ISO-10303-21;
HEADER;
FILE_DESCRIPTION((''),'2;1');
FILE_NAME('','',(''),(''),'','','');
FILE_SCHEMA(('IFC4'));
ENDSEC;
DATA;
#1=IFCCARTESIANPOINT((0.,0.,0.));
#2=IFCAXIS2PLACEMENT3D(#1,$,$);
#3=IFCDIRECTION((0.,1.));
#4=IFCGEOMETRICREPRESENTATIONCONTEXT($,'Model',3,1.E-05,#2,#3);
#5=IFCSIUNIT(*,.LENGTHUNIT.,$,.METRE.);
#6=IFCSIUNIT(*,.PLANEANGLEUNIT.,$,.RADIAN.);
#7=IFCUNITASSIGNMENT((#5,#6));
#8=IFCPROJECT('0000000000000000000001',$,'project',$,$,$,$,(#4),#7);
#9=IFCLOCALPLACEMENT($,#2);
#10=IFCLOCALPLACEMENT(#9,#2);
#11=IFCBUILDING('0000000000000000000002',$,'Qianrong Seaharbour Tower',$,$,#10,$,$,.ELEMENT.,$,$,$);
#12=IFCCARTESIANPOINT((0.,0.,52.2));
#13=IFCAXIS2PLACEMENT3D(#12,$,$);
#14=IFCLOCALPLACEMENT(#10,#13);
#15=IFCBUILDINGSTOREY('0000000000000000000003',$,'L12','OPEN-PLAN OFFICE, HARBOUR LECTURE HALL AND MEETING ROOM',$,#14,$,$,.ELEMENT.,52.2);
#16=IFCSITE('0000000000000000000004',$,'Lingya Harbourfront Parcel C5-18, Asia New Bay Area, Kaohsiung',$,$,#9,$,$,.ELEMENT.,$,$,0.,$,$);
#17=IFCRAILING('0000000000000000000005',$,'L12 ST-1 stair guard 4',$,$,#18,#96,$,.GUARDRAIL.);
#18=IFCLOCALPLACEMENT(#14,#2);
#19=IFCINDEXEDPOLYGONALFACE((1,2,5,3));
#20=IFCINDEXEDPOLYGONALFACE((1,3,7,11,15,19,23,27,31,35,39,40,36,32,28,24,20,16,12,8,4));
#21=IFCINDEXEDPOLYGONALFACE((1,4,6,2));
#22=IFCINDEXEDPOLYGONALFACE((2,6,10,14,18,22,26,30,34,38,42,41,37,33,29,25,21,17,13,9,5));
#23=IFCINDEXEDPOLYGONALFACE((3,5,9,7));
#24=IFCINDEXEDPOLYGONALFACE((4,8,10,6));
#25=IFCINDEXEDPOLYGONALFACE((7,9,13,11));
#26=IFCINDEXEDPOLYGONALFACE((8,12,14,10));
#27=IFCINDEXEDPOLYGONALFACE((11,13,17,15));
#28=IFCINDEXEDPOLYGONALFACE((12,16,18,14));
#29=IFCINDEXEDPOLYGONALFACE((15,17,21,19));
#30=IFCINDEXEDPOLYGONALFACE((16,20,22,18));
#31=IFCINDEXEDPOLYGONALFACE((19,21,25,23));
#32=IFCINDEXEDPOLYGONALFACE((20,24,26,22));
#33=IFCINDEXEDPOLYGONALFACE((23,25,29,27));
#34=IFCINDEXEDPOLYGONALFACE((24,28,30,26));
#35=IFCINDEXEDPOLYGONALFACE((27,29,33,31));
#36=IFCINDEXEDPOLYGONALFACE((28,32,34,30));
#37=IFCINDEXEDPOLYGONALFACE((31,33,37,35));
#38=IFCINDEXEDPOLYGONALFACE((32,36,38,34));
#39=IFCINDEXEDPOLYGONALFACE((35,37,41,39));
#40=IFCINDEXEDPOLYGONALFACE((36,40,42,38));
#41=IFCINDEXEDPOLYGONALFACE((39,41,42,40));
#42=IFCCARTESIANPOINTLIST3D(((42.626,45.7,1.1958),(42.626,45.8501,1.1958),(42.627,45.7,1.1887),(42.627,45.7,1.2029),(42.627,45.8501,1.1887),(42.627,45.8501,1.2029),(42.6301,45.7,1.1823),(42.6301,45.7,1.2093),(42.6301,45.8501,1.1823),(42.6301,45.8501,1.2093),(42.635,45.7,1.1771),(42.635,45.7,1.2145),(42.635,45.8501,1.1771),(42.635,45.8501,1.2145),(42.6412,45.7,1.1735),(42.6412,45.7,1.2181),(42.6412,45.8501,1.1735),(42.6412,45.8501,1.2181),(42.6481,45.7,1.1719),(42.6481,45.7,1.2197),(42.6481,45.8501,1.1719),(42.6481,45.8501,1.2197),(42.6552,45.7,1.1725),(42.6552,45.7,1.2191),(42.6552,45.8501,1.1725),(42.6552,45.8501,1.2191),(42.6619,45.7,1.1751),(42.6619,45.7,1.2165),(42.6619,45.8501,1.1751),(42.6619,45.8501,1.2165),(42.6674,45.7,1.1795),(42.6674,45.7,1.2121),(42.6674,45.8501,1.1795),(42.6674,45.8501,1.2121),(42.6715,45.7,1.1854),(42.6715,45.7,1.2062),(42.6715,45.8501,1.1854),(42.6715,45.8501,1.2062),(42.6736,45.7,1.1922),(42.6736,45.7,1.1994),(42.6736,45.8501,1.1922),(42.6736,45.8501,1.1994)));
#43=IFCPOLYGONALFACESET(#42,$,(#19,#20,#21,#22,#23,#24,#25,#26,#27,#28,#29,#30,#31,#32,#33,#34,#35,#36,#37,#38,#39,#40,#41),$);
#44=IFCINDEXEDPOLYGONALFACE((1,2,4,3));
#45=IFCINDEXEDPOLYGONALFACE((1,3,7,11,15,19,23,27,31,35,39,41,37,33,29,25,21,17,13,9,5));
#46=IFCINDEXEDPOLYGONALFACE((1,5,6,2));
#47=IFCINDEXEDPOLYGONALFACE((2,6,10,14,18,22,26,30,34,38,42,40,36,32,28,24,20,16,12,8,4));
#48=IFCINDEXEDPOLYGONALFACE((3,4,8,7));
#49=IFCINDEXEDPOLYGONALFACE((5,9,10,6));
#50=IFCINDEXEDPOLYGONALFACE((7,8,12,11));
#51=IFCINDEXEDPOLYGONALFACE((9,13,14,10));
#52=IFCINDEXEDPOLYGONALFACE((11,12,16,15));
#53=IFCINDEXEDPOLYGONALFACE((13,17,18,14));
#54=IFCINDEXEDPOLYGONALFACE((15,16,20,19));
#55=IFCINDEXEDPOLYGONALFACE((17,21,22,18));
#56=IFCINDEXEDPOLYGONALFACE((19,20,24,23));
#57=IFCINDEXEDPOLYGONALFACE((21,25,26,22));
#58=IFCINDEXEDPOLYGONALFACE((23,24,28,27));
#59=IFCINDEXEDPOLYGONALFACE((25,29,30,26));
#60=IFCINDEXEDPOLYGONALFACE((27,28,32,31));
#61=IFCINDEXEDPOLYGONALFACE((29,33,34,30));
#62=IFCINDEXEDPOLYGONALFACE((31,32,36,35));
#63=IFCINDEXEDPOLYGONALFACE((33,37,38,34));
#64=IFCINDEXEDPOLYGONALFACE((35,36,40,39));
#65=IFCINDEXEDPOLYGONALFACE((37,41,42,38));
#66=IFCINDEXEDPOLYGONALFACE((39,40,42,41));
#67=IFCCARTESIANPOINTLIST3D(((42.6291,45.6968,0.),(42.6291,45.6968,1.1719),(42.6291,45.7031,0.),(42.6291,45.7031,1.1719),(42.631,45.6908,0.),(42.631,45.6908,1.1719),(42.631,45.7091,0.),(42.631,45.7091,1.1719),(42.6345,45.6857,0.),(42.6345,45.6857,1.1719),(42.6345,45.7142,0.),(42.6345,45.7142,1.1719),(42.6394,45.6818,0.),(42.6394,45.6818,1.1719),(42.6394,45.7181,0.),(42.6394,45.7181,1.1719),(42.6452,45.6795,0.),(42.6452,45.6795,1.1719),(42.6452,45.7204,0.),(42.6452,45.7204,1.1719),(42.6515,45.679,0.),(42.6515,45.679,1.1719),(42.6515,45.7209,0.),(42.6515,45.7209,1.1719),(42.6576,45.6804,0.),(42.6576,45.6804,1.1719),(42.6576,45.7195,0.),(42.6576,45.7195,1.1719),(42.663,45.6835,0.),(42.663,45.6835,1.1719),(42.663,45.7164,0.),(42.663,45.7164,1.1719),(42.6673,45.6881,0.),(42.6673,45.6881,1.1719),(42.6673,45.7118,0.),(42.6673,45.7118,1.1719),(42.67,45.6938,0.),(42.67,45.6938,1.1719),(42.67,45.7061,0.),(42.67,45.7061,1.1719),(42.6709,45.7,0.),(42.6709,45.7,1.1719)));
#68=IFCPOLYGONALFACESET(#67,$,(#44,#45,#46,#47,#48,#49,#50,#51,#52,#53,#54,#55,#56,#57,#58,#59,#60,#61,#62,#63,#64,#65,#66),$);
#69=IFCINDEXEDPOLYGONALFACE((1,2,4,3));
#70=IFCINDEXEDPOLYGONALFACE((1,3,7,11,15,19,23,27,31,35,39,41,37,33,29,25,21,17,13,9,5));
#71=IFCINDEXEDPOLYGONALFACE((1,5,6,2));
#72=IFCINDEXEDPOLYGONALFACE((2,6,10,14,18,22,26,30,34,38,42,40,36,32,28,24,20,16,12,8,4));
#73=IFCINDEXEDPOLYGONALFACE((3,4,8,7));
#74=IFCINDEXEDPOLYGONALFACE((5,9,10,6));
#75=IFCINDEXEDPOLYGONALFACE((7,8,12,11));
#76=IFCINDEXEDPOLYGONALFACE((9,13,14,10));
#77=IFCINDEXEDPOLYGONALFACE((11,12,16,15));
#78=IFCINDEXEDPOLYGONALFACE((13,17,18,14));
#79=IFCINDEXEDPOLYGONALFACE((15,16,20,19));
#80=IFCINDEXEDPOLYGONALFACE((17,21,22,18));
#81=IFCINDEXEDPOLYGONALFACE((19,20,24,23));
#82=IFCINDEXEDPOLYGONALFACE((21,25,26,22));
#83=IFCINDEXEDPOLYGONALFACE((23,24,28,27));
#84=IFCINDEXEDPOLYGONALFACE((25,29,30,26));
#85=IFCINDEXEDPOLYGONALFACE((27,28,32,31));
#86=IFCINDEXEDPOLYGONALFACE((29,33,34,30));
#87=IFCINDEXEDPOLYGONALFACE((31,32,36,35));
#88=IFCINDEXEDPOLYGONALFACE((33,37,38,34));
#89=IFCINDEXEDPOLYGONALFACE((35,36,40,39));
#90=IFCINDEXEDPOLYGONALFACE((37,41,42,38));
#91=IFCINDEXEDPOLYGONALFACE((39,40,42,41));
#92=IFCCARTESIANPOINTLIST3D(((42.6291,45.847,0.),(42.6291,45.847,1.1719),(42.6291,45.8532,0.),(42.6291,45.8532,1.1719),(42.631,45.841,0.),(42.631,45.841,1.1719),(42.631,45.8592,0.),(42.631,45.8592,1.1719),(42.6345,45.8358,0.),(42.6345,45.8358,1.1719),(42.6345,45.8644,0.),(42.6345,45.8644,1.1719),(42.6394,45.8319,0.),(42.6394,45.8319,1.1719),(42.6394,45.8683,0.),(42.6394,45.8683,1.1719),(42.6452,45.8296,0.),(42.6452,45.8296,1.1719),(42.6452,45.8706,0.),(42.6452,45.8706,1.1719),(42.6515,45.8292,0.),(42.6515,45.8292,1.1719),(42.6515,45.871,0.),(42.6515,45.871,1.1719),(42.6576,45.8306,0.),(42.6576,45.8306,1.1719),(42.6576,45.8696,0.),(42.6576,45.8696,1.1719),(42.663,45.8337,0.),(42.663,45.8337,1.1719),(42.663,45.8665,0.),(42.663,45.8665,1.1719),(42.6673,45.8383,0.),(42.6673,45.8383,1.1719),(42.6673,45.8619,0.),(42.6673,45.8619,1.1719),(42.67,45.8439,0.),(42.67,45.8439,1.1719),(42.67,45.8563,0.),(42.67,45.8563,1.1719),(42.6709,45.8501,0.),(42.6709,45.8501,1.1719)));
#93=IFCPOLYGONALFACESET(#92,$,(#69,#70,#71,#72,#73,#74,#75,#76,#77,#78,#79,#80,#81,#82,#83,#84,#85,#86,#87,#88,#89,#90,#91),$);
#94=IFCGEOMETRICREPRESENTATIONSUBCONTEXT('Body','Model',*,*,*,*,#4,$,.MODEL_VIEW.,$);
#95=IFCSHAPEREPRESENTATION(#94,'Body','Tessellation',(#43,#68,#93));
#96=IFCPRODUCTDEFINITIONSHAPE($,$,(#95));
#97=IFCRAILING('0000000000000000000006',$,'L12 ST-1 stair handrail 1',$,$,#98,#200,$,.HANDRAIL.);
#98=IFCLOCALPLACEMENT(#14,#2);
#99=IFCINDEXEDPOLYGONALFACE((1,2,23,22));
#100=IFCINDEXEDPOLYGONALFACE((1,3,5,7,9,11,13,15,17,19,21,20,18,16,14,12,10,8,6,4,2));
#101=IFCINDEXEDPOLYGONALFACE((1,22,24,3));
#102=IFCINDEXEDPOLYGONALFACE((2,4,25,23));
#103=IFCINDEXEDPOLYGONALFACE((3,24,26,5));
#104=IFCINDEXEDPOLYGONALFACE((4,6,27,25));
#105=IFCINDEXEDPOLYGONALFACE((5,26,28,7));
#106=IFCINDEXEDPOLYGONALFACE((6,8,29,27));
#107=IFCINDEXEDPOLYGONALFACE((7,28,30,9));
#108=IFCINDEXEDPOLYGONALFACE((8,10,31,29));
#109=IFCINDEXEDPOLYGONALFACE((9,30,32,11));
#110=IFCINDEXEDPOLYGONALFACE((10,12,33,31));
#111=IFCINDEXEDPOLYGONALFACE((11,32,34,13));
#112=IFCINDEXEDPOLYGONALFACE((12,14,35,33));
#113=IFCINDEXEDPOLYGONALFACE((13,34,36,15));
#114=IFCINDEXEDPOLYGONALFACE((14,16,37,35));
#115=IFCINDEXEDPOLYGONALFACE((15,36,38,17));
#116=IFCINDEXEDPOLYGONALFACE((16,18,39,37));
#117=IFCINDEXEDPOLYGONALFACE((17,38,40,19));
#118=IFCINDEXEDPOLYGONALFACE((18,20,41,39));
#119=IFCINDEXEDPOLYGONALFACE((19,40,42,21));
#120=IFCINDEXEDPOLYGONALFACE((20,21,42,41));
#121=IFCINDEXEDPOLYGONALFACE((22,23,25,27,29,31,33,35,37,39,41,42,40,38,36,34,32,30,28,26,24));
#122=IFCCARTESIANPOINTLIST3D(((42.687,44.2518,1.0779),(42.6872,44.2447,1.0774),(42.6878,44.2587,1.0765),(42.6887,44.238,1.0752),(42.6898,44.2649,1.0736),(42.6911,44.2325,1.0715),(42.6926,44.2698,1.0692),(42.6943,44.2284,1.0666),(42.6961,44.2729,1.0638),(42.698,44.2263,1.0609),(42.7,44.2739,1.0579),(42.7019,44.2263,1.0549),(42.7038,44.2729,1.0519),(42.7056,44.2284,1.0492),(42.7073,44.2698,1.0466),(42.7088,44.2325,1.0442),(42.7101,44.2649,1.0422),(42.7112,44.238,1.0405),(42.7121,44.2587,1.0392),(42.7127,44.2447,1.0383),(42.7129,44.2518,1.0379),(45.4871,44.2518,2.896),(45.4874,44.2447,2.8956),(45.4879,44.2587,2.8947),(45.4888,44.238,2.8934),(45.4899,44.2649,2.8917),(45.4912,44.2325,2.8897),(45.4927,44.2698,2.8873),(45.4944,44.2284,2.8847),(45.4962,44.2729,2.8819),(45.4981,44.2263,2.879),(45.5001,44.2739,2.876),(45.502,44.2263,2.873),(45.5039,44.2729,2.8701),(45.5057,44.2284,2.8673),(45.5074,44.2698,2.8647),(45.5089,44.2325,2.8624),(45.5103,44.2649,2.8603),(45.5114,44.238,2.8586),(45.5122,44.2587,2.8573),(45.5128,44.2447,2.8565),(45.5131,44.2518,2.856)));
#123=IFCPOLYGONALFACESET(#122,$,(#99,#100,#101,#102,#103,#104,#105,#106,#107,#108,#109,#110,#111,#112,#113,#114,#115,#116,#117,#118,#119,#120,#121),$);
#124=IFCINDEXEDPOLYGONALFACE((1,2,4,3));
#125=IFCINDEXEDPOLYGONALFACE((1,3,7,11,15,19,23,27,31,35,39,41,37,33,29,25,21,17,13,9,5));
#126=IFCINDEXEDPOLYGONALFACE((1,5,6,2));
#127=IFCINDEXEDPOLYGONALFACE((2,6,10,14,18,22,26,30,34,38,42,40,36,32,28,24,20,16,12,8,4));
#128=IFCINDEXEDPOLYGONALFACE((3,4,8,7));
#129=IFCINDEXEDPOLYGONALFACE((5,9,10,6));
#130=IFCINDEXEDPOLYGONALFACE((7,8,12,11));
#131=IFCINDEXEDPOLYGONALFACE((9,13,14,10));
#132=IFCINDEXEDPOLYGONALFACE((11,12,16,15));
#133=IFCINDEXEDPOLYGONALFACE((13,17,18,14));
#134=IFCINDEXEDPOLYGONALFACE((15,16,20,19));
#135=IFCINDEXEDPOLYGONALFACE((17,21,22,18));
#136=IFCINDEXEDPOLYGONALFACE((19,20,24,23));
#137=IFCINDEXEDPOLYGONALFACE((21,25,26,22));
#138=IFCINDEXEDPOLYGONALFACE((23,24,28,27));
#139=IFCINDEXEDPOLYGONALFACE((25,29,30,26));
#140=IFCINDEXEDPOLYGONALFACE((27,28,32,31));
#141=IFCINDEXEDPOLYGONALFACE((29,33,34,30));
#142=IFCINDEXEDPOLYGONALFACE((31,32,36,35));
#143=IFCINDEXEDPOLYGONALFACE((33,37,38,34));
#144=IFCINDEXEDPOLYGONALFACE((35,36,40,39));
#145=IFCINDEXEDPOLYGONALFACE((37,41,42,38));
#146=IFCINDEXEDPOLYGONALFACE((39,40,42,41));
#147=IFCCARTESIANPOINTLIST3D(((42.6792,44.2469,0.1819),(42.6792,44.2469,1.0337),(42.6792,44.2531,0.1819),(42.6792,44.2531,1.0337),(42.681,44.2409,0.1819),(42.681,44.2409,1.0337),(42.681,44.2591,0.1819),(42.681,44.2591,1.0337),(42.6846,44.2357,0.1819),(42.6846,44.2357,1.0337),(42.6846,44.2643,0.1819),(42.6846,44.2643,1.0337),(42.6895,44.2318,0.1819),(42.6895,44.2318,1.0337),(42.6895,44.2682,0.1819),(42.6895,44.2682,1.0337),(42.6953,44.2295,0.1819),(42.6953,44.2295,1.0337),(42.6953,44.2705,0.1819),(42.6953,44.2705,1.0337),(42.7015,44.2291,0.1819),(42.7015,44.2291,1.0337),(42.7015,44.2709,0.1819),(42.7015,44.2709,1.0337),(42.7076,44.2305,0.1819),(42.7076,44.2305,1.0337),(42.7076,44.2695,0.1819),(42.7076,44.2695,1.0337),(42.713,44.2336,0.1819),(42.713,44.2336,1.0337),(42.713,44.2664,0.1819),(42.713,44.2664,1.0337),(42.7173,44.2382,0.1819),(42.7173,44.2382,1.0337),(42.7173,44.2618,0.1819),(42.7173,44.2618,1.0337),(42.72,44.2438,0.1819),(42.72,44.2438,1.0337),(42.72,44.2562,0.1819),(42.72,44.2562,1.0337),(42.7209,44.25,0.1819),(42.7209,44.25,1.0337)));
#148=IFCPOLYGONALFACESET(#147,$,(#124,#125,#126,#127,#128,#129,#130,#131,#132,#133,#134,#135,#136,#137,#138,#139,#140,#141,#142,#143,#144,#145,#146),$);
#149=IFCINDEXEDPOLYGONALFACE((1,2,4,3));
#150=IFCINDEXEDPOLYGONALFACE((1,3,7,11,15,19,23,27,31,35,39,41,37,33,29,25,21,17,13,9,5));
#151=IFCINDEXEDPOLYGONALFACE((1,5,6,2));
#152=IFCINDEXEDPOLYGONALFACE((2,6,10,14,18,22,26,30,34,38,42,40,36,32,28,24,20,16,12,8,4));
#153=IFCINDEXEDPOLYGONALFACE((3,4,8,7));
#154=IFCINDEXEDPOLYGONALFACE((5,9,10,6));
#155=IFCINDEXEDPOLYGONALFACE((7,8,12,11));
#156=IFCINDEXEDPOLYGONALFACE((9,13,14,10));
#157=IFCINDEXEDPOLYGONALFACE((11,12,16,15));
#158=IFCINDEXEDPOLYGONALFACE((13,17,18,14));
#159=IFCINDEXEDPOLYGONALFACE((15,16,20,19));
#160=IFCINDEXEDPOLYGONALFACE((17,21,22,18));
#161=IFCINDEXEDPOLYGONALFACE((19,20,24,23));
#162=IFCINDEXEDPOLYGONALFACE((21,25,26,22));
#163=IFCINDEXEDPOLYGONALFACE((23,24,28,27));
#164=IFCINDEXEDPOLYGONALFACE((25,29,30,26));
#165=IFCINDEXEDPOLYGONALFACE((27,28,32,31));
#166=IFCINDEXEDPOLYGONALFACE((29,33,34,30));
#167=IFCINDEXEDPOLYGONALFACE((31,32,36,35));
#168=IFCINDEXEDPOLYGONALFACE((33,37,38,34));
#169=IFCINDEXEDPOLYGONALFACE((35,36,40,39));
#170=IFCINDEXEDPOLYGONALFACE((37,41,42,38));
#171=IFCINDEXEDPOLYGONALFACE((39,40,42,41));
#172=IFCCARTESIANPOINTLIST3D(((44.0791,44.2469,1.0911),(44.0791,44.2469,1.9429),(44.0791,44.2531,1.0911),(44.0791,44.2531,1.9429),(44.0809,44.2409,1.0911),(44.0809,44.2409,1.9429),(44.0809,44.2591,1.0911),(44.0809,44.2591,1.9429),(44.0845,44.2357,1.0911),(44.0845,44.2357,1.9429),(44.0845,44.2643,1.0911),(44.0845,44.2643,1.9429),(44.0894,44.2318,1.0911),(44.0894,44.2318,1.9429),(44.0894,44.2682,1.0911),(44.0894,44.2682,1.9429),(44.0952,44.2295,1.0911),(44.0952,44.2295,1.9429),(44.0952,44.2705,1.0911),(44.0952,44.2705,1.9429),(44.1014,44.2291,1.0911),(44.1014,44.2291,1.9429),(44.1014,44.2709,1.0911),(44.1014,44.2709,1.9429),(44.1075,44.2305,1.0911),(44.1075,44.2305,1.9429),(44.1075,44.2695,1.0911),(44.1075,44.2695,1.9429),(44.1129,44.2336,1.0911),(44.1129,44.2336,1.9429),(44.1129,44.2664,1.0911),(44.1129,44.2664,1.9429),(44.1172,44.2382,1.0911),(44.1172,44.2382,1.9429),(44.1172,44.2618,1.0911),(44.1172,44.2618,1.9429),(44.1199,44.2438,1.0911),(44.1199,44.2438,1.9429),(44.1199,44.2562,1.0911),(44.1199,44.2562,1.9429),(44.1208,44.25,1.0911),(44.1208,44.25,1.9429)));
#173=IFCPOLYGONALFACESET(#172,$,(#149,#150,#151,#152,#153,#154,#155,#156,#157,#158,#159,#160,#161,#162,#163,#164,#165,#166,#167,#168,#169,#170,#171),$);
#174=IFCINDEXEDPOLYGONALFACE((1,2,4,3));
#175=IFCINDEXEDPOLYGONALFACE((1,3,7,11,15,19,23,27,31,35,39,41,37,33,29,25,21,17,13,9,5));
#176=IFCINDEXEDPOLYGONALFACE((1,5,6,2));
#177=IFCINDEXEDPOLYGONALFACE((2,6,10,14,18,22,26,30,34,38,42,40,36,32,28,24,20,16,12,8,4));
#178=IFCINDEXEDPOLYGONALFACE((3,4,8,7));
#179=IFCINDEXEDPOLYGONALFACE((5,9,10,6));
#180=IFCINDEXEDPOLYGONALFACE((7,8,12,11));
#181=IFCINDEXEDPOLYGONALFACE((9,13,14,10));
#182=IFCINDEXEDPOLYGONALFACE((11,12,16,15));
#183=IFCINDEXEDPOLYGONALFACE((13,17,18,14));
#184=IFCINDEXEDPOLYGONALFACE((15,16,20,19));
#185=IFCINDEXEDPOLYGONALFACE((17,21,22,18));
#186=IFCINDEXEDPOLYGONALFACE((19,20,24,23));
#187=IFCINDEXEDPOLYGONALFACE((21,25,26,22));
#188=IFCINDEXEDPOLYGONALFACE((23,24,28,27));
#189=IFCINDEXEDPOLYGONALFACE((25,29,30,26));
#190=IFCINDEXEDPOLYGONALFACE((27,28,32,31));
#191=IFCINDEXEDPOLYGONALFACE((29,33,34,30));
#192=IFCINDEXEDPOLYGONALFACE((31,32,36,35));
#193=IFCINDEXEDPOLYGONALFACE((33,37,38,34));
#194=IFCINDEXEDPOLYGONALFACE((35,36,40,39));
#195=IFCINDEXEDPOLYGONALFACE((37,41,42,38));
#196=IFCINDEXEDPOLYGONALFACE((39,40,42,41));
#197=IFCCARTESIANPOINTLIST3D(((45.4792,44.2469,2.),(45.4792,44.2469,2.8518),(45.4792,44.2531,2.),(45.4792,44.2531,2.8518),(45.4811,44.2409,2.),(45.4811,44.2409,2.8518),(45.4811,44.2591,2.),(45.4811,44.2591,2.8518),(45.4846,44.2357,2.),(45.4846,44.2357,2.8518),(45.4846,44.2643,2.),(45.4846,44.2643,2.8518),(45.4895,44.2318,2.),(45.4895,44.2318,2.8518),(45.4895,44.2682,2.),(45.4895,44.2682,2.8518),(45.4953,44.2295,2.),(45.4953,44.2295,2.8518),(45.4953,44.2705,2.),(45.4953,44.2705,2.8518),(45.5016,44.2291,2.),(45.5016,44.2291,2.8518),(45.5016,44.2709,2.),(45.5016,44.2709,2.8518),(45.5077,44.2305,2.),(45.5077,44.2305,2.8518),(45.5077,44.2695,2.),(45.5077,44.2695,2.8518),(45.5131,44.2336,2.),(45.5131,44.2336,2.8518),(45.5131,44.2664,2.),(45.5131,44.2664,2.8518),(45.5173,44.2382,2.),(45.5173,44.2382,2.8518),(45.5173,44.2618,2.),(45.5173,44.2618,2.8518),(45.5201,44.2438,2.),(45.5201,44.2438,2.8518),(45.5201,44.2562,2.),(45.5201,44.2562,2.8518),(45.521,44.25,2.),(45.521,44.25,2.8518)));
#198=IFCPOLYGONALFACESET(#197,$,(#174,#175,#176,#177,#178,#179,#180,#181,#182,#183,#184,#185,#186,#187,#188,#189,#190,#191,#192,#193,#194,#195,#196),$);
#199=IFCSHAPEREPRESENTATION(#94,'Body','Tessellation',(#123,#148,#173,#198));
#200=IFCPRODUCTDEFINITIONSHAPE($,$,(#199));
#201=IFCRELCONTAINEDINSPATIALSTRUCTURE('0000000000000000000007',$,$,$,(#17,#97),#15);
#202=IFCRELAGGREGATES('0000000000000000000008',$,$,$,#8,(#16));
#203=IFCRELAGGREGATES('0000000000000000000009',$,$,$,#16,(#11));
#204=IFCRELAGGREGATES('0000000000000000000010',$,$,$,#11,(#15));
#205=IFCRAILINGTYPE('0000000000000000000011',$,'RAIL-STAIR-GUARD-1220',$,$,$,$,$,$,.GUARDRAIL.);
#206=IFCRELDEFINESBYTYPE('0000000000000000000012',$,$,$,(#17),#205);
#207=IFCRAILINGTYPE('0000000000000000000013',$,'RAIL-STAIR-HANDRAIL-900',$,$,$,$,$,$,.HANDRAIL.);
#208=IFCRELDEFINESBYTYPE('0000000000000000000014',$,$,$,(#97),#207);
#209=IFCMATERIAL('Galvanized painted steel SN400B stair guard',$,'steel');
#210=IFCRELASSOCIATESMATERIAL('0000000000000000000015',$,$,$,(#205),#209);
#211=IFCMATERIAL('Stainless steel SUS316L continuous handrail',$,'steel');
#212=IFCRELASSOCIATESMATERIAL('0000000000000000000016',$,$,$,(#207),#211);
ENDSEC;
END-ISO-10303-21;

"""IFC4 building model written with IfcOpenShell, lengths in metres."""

from ifc_helpers import new_model, si_unit, direction, frame, origin, origin_2d, place, context, subcontext, project, spatial, circle, extrude, material, type_object, element, save


model = new_model("IFC4")

# Units and contexts
model_context = context("Model", 3, precision=1e-05, world=origin(), true_north=direction((0.0, 1.0)))
body_context = subcontext(model_context, "Body", "Model", "MODEL_VIEW")
ifc_project = project(units=[si_unit("LENGTHUNIT", "METRE"), si_unit("PLANEANGLEUNIT", "RADIAN")], contexts=[model_context])

# Site, building, storey
site_placement = place(None, origin())
site = spatial("IfcSite", under=ifc_project, at=site_placement, Name="Lingya Harbourfront Parcel C5-18, Asia New Bay Area, Kaohsiung", CompositionType="ELEMENT", RefElevation=0.0)
building_placement = place(site_placement, origin())
building = spatial("IfcBuilding", under=site, at=building_placement, Name="Qianrong Seaharbour Tower", CompositionType="ELEMENT")
storey_placement = place(building_placement, frame((0.0, 0.0, 52.2)))
storey = spatial("IfcBuildingStorey", under=building, at=storey_placement, Name="L12", Description="OPEN-PLAN OFFICE, HARBOUR LECTURE HALL AND MEETING ROOM", CompositionType="ELEMENT", Elevation=52.2)

# Railings
ifc_material_1 = material(Name="Galvanized painted steel SN400B stair guard", Category="steel")
railing_type_1 = type_object("IfcRailingType", Name="RAIL-STAIR-GUARD-1220", PredefinedType="GUARDRAIL", material=ifc_material_1)
railing_1_placement = place(storey_placement, frame((42.6499, 45.7, 0.0)))
element("IfcRailing", 1, at=railing_1_placement, inside=storey, type_object=railing_type_1, Name="L12 ST-1 stair guard 4", PredefinedType="GUARDRAIL", context=body_context, shape_type="SweptSolid", body=[
    extrude(circle(Radius=0.0239, at=origin_2d()), frame((0.0, 0.0, 1.1958), z_axis=(0.0, 1.0, 0.0), x_axis=(-1.0, 0.0, 0.0)), (0.0, 0.0, 1.0), 0.1501),
    extrude(circle(Radius=0.021, at=origin_2d()), origin(), (0.0, 0.0, 1.0), 1.1719),
    extrude(circle(Radius=0.021, at=origin_2d()), frame((0.0, 0.1501, 0.0)), (0.0, 0.0, 1.0), 1.1719),
])
ifc_material_2 = material(Name="Stainless steel SUS316L continuous handrail", Category="steel")
railing_type_2 = type_object("IfcRailingType", Name="RAIL-STAIR-HANDRAIL-900", PredefinedType="HANDRAIL", material=ifc_material_2)
railing_2_placement = place(storey_placement, frame((42.7, 44.25, 0.1819)))
element("IfcRailing", 2, at=railing_2_placement, inside=storey, type_object=railing_type_2, Name="L12 ST-1 stair handrail 1", PredefinedType="HANDRAIL", context=body_context, shape_type="SweptSolid", body=[
    extrude(circle(Radius=0.0239, at=origin_2d()), frame((0.0, 0.0, 0.876), z_axis=(0.838706, 0.0, 0.544585), x_axis=(0.0, 1.0, 0.0)), (0.0, 0.0, 1.0), 3.3386),
    extrude(circle(Radius=0.021, at=origin_2d()), origin(), (0.0, 0.0, 1.0), 0.8518),
    extrude(circle(Radius=0.021, at=origin_2d()), frame((1.3999, 0.0, 0.9092)), (0.0, 0.0, 1.0), 0.8518),
    extrude(circle(Radius=0.021, at=origin_2d()), frame((2.8, 0.0, 1.8181)), (0.0, 0.0, 1.0), 0.8518),
])

save(model, "model.ifc")
